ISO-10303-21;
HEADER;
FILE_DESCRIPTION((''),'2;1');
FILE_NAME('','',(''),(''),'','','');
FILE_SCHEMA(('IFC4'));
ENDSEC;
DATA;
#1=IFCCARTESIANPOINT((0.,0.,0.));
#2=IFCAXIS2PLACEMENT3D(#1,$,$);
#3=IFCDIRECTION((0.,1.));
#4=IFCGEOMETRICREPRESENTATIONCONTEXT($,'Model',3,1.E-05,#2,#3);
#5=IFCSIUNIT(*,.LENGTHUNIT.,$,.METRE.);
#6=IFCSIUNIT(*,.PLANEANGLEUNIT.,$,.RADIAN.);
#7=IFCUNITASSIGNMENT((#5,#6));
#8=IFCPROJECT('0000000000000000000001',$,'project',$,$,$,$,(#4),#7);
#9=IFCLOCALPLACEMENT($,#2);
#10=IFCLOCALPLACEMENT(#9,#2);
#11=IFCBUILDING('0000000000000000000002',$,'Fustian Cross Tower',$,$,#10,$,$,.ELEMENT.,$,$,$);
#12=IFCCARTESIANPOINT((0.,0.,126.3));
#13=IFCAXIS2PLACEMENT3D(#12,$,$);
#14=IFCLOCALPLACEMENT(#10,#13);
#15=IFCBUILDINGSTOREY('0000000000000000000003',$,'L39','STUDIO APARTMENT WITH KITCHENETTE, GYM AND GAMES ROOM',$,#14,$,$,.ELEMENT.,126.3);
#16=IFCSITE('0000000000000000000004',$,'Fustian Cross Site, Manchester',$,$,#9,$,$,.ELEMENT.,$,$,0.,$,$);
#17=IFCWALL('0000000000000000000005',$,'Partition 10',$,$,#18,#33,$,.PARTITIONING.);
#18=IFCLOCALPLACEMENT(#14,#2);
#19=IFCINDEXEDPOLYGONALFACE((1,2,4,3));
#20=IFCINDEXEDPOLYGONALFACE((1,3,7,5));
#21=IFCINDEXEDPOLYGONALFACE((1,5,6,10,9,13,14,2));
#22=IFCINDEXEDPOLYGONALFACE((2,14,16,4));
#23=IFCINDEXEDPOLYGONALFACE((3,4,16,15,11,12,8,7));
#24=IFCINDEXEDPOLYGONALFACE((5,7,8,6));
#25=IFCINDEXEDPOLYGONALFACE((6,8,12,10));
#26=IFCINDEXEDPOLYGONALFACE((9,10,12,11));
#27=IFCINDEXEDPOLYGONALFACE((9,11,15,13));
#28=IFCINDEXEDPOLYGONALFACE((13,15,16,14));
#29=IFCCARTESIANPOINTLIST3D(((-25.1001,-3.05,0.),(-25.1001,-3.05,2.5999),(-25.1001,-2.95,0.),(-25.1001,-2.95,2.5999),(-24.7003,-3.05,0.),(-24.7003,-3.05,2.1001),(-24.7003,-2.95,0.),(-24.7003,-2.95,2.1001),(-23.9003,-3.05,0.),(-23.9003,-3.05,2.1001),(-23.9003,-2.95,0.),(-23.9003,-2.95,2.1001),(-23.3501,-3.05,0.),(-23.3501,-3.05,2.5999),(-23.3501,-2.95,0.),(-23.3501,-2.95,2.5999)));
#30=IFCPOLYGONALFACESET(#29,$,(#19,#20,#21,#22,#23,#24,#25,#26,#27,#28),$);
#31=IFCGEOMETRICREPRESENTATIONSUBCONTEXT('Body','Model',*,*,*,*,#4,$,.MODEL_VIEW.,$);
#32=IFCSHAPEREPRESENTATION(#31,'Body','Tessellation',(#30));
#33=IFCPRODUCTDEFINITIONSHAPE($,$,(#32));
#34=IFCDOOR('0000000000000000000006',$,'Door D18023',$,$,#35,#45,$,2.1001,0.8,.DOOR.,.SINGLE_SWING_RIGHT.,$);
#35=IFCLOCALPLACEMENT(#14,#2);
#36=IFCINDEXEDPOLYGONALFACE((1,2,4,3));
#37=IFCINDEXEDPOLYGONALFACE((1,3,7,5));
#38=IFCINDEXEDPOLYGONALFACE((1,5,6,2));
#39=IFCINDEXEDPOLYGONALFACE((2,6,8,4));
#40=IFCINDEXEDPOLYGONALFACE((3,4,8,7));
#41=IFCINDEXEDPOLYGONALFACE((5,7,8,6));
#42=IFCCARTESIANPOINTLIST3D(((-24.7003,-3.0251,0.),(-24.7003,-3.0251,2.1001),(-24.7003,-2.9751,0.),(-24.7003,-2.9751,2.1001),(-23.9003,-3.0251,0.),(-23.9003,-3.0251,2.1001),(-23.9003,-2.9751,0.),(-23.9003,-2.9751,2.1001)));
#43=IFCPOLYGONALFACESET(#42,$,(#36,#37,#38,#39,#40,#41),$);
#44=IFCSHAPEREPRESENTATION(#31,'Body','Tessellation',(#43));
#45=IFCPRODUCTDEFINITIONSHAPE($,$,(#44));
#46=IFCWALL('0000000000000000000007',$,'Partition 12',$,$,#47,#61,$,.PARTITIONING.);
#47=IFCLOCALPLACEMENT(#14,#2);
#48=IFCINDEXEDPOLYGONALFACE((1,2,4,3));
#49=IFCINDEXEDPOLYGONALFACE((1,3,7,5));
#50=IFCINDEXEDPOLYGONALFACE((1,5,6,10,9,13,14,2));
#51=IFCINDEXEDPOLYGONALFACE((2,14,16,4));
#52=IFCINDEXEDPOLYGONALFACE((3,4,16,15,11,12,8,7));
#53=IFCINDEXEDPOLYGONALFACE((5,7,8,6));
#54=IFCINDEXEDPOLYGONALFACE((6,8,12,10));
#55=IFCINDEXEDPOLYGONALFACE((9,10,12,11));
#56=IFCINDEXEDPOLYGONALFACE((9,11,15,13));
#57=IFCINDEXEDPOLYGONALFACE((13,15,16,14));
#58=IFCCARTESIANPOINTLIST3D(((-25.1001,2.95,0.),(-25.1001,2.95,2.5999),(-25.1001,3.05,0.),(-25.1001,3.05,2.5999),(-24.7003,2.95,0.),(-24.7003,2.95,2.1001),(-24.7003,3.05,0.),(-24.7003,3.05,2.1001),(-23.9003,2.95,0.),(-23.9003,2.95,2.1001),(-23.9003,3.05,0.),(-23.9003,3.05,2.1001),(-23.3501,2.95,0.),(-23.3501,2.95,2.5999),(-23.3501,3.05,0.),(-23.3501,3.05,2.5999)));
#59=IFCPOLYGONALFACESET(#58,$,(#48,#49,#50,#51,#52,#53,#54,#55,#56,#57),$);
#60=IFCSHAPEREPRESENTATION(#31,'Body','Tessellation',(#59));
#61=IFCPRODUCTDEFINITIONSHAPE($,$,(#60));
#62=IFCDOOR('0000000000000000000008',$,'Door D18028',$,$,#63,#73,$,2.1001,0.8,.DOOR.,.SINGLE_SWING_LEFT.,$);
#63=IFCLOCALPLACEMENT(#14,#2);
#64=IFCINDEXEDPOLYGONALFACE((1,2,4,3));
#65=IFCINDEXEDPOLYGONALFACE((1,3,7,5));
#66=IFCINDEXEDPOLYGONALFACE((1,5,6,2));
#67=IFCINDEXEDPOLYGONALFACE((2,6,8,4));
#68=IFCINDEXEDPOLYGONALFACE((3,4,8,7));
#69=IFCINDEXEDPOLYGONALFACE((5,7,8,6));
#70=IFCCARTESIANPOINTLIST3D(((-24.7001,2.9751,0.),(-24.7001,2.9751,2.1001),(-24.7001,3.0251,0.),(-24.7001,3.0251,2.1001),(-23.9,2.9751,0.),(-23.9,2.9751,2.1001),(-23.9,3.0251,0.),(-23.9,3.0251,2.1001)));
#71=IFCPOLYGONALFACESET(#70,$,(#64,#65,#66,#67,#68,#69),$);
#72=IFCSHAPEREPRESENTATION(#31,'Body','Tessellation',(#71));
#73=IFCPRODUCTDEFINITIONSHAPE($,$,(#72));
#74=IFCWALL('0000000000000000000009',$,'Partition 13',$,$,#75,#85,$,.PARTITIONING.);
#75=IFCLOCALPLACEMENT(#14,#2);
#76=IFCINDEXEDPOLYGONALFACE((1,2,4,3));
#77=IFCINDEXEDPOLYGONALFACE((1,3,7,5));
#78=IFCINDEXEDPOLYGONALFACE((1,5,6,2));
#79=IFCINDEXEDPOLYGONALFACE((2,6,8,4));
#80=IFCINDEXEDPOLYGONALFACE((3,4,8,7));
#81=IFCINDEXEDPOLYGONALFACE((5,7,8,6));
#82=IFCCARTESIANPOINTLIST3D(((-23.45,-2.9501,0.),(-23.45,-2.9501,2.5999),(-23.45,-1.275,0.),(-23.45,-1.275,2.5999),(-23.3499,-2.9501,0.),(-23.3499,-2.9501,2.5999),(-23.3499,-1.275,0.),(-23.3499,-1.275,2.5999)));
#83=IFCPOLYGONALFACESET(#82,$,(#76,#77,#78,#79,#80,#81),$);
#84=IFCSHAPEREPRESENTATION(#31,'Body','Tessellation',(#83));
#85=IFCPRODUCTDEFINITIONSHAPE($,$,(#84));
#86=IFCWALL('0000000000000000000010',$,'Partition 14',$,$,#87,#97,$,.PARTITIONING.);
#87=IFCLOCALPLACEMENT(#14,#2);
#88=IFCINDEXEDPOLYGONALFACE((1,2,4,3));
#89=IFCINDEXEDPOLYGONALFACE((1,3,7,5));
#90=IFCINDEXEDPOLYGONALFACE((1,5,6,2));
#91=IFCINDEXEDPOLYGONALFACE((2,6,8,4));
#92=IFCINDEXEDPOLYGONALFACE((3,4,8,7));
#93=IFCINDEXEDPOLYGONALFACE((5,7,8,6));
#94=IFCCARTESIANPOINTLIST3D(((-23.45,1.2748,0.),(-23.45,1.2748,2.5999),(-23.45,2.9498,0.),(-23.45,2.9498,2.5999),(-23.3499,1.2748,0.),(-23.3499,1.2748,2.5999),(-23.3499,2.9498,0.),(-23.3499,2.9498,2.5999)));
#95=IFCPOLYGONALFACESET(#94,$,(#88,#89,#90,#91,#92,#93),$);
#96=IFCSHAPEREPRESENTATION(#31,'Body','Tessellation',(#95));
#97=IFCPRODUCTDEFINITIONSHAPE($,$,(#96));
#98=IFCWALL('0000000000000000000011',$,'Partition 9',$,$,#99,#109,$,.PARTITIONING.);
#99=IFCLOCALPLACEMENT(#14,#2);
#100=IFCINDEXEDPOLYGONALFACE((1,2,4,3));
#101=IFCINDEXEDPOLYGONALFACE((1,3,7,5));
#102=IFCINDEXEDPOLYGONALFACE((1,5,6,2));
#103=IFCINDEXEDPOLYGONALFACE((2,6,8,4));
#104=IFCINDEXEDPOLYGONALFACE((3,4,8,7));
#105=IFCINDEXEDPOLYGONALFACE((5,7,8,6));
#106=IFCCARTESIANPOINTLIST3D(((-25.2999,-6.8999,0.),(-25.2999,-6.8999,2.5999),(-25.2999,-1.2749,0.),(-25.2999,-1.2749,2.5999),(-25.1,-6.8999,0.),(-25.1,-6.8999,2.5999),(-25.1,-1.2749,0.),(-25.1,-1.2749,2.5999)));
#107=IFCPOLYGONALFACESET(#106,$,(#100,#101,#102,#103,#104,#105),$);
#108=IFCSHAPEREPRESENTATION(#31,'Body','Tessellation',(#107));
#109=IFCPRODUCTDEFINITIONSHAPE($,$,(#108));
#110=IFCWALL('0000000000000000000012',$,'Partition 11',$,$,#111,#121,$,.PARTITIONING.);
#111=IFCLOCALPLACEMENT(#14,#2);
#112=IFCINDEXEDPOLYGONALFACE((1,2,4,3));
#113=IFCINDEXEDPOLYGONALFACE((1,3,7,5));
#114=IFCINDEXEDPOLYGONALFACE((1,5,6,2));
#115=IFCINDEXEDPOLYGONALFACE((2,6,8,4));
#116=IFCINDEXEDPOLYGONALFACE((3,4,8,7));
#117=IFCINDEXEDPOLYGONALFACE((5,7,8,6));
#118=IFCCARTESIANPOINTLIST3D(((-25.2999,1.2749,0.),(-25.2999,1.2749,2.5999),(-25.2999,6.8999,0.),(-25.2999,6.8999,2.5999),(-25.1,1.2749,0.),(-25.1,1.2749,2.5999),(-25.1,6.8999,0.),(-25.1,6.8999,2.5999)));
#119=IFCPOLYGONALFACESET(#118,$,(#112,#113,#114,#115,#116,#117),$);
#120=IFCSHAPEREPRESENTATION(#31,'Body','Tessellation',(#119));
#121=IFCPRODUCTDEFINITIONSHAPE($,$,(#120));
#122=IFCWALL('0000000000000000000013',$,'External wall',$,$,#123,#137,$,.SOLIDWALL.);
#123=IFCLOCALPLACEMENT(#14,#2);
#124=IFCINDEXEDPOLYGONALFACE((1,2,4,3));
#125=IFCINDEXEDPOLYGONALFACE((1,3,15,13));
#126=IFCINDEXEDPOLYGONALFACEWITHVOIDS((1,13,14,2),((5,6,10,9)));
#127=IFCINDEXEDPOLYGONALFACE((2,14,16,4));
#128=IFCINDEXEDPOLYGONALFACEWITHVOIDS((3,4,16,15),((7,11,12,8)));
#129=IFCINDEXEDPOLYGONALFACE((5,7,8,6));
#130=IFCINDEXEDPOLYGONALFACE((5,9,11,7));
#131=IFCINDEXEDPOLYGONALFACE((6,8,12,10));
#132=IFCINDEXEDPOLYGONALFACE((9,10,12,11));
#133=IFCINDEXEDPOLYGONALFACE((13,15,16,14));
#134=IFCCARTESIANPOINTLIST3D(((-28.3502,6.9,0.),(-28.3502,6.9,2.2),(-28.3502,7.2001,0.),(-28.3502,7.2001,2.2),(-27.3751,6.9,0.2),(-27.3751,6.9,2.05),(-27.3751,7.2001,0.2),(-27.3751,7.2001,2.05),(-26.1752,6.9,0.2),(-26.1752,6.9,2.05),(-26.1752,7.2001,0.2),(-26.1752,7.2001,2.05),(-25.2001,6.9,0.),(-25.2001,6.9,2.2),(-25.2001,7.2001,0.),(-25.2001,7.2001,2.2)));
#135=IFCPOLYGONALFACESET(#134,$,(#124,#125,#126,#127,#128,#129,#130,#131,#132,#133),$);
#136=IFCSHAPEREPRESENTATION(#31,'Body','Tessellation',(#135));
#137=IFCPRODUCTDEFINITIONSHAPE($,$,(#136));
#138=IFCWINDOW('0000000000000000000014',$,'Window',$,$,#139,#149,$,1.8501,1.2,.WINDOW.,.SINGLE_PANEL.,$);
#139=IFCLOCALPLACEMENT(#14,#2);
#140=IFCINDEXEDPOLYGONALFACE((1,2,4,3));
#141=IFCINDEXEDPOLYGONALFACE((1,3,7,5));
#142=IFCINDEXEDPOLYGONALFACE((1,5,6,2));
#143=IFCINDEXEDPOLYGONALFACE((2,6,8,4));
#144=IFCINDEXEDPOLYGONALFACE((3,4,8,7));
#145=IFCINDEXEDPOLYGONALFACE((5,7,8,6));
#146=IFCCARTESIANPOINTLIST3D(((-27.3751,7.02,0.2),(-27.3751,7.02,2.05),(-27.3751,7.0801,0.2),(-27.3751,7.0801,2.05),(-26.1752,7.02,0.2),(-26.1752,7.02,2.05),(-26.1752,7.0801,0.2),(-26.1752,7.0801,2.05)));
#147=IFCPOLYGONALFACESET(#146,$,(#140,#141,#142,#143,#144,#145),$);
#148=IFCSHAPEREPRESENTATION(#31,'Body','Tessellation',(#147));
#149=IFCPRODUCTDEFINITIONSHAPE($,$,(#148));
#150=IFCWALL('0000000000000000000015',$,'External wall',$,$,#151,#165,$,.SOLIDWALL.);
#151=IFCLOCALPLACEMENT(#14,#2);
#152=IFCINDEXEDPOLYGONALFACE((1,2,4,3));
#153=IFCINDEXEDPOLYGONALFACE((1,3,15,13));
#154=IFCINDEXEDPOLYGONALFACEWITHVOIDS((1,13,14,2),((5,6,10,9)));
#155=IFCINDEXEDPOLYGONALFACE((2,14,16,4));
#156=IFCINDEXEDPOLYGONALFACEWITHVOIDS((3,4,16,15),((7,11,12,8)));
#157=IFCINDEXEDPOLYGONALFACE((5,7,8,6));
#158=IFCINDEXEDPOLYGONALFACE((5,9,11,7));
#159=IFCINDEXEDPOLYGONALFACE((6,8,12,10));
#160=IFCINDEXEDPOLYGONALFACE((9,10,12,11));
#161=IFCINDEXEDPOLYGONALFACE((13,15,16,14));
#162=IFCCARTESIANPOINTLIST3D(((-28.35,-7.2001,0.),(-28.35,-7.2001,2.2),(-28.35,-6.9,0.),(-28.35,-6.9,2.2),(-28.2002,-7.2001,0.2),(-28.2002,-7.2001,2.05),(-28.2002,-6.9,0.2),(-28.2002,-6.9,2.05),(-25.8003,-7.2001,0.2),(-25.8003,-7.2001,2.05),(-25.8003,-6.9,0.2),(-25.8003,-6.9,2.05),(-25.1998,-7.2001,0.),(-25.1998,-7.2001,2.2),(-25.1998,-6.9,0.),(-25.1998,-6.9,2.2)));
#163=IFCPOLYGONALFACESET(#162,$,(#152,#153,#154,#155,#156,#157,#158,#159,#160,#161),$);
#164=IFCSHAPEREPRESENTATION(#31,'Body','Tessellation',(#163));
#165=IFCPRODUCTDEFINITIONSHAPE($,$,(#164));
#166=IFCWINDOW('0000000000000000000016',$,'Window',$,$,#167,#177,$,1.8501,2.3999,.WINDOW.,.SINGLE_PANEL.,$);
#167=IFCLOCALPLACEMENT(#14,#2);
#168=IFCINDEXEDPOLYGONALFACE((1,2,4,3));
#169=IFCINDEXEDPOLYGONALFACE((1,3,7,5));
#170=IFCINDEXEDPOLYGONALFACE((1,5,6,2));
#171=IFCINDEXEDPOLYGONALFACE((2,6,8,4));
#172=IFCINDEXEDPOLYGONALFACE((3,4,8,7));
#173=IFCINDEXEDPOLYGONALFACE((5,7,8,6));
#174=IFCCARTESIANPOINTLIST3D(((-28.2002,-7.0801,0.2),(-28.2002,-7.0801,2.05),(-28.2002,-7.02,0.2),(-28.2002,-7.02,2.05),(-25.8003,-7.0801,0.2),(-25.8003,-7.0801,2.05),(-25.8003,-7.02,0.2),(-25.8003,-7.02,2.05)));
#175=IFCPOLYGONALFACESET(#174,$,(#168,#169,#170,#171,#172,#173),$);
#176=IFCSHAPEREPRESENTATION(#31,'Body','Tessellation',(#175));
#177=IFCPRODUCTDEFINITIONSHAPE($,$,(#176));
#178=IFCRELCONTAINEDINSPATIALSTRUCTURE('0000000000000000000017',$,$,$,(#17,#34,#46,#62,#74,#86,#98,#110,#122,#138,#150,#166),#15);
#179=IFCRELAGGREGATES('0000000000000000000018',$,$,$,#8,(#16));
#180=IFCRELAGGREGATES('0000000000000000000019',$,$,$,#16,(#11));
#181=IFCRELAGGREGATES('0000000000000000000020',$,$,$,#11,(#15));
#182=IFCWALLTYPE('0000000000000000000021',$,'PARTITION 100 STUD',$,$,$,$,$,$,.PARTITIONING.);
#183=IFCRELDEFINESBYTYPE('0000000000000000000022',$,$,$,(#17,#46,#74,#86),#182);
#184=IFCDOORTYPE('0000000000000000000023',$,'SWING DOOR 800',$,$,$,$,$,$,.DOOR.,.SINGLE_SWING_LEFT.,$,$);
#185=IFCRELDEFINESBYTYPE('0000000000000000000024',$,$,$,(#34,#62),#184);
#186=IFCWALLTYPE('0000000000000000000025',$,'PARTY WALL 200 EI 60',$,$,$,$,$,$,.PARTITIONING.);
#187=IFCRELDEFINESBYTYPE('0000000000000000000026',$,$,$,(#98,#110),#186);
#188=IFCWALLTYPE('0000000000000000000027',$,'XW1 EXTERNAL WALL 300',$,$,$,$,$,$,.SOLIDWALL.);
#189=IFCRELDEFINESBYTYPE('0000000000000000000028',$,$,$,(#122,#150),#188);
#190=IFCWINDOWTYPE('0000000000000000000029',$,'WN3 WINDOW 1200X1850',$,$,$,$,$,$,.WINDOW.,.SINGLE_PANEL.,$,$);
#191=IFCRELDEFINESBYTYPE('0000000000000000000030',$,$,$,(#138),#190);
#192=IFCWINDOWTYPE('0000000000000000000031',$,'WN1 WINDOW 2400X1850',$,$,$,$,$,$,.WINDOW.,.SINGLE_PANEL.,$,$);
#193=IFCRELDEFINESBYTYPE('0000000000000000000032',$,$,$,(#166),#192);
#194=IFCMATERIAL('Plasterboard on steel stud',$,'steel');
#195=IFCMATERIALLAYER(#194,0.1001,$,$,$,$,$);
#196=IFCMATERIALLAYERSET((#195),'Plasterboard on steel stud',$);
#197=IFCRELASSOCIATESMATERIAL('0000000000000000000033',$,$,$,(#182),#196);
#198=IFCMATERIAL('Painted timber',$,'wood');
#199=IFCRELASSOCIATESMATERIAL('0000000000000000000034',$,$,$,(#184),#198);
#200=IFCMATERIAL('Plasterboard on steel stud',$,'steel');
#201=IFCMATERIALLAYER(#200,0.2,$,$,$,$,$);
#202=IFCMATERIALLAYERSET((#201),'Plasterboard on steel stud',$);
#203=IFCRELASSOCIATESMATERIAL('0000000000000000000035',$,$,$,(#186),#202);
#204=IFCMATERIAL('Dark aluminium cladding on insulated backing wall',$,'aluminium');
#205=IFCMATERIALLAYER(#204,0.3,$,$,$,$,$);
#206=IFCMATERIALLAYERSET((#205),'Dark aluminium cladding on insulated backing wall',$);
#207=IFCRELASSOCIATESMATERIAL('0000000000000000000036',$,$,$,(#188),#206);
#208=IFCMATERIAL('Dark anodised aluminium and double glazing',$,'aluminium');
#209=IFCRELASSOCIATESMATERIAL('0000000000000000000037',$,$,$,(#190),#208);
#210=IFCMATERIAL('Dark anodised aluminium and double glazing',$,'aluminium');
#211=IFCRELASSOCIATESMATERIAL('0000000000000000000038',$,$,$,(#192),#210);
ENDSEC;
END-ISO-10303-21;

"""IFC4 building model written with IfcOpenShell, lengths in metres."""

from ifc_helpers import new_model, si_unit, direction, frame, frame_2d, origin, place, context, subcontext, project, spatial, rectangle, extrude, material, layer, layer_set, type_object, element, fill, save


model = new_model("IFC4")

# Units and contexts
model_context = context("Model", 3, precision=1e-05, world=origin(), true_north=direction((0.0, 1.0)))
body_context = subcontext(model_context, "Body", "Model", "MODEL_VIEW")
ifc_project = project(units=[si_unit("LENGTHUNIT", "METRE"), si_unit("PLANEANGLEUNIT", "RADIAN")], contexts=[model_context])

# Site, building, storey
site_placement = place(None, origin())
site = spatial("IfcSite", under=ifc_project, at=site_placement, Name="Fustian Cross Site, Manchester", CompositionType="ELEMENT", RefElevation=0.0)
building_placement = place(site_placement, origin())
building = spatial("IfcBuilding", under=site, at=building_placement, Name="Fustian Cross Tower", CompositionType="ELEMENT")
storey_placement = place(building_placement, frame((0.0, 0.0, 126.3)))
storey = spatial("IfcBuildingStorey", under=building, at=storey_placement, Name="L39", Description="STUDIO APARTMENT WITH KITCHENETTE, GYM AND GAMES ROOM", CompositionType="ELEMENT", Elevation=126.3)

# Shared definitions
ifc_material_1 = material(Name="Plasterboard on steel stud", Category="steel")
ifc_layer_1 = layer(ifc_material_1, 0.1001)
ifc_layer_set_1 = layer_set([ifc_layer_1], Name="Plasterboard on steel stud")
wall_type_1 = type_object("IfcWallType", Name="PARTITION 100 STUD", PredefinedType="PARTITIONING", material=ifc_layer_set_1)
ifc_material_2 = material(Name="Painted timber", Category="wood")
door_type = type_object("IfcDoorType", Name="SWING DOOR 800", OperationType="SINGLE_SWING_LEFT", PredefinedType="DOOR", material=ifc_material_2)

# Walls, openings, doors
wall_1_placement = place(storey_placement, frame((-25.1001, -3.0, 0.0), z_axis=(0.0, 0.0, 1.0), x_axis=(1.0, 0.0, 0.0)))
wall_1 = element("IfcWall", 1, at=wall_1_placement, inside=storey, type_object=wall_type_1, Name="Partition 10", PredefinedType="PARTITIONING", context=body_context, shape_type="SweptSolid", body=[
    extrude(rectangle(XDim=1.75, YDim=0.1001, at=frame_2d((0.875, 0.0))), origin(), (0.0, 0.0, 1.0), 2.5999),
])
opening_1_placement = place(wall_1_placement, frame((0.3999, 0.0, 0.0)))
opening_1 = element("IfcOpeningElement", 2, at=opening_1_placement, cuts=wall_1, PredefinedType="OPENING", context=body_context, shape_type="SweptSolid", body=[
    extrude(rectangle(XDim=0.8, YDim=2.1001, at=frame_2d((0.3999, 1.05))), frame((0.0, 0.0601, 0.0), z_axis=(0.0, -1.0, 0.0), x_axis=(1.0, 0.0, 0.0)), (0.0, 0.0, 1.0), 0.1201),
])
door_1_placement = place(opening_1_placement, origin())
door_1 = element("IfcDoor", 3, at=door_1_placement, inside=storey, type_object=door_type, Name="Door D18023", OperationType="SINGLE_SWING_RIGHT", OverallHeight=2.1001, OverallWidth=0.8, PredefinedType="DOOR", context=body_context, shape_type="SweptSolid", body=[
    extrude(rectangle(XDim=0.8, YDim=2.1001, at=frame_2d((0.3999, 1.05))), frame((0.0, 0.0249, 0.0), z_axis=(0.0, -1.0, 0.0), x_axis=(1.0, 0.0, 0.0)), (0.0, 0.0, 1.0), 0.05),
])
fill(opening_1, door_1)
wall_2_placement = place(storey_placement, frame((-25.1001, 3.0, 0.0), z_axis=(0.0, 0.0, 1.0), x_axis=(1.0, 0.0, 0.0)))
wall_2 = element("IfcWall", 4, at=wall_2_placement, inside=storey, type_object=wall_type_1, Name="Partition 12", PredefinedType="PARTITIONING", context=body_context, shape_type="SweptSolid", body=[
    extrude(rectangle(XDim=1.75, YDim=0.1001, at=frame_2d((0.875, 0.0))), origin(), (0.0, 0.0, 1.0), 2.5999),
])
opening_2_placement = place(wall_2_placement, frame((0.3999, 0.0, 0.0)))
opening_2 = element("IfcOpeningElement", 5, at=opening_2_placement, cuts=wall_2, PredefinedType="OPENING", context=body_context, shape_type="SweptSolid", body=[
    extrude(rectangle(XDim=0.8, YDim=2.1001, at=frame_2d((0.3999, 1.05))), frame((0.0, 0.0601, 0.0), z_axis=(0.0, -1.0, 0.0), x_axis=(1.0, 0.0, 0.0)), (0.0, 0.0, 1.0), 0.1201),
])
door_2_placement = place(opening_2_placement, frame((0.8, 0.0, 0.0), z_axis=(0.0, 0.0, 1.0), x_axis=(-1.0, 0.0, 0.0)))
door_2 = element("IfcDoor", 6, at=door_2_placement, inside=storey, type_object=door_type, Name="Door D18028", OperationType="SINGLE_SWING_LEFT", OverallHeight=2.1001, OverallWidth=0.8, PredefinedType="DOOR", context=body_context, shape_type="SweptSolid", body=[
    extrude(rectangle(XDim=0.8, YDim=2.1001, at=frame_2d((0.3999, 1.05))), frame((0.0, 0.0249, 0.0), z_axis=(0.0, -1.0, 0.0), x_axis=(1.0, 0.0, 0.0)), (0.0, 0.0, 1.0), 0.05),
])
fill(opening_2, door_2)

# Walls
for number, where, z_axis, x_axis, name in (
    (7, (-23.3999, -2.95, 0.0), (0.0, 0.0, 1.0), (0.0, 1.0, 0.0), "Partition 13"),
    (8, (-23.3999, 1.2749, 0.0), (0.0, 0.0, 1.0), (0.0, 1.0, 0.0), "Partition 14"),
):
    element("IfcWall", number, at=place(storey_placement, frame(where, z_axis=z_axis, x_axis=x_axis)), inside=storey, type_object=wall_type_1, Name=name, PredefinedType="PARTITIONING", context=body_context, shape_type="SweptSolid", body=[
        extrude(rectangle(XDim=1.675, YDim=0.1001, at=frame_2d((0.8374, 0.0))), origin(), (0.0, 0.0, 1.0), 2.5999),
    ])
ifc_material_3 = material(Name="Plasterboard on steel stud", Category="steel")
ifc_layer_2 = layer(ifc_material_3, 0.2)
ifc_layer_set_2 = layer_set([ifc_layer_2], Name="Plasterboard on steel stud")
wall_type_2 = type_object("IfcWallType", Name="PARTY WALL 200 EI 60", PredefinedType="PARTITIONING", material=ifc_layer_set_2)
for number, where, z_axis, x_axis, name in (
    (9, (-25.2, -6.8999, 0.0), (0.0, 0.0, 1.0), (0.0, 1.0, 0.0), "Partition 9"),
    (10, (-25.2, 1.2749, 0.0), (0.0, 0.0, 1.0), (0.0, 1.0, 0.0), "Partition 11"),
):
    element("IfcWall", number, at=place(storey_placement, frame(where, z_axis=z_axis, x_axis=x_axis)), inside=storey, type_object=wall_type_2, Name=name, PredefinedType="PARTITIONING", context=body_context, shape_type="SweptSolid", body=[
        extrude(rectangle(XDim=5.625, YDim=0.2, at=frame_2d((2.8125, 0.0))), origin(), (0.0, 0.0, 1.0), 2.5999),
    ])

# Walls, openings, windows
ifc_material_4 = material(Name="Dark aluminium cladding on insulated backing wall", Category="aluminium")
ifc_layer_3 = layer(ifc_material_4, 0.3)
ifc_layer_set_3 = layer_set([ifc_layer_3], Name="Dark aluminium cladding on insulated backing wall")
wall_type_3 = type_object("IfcWallType", Name="XW1 EXTERNAL WALL 300", PredefinedType="SOLIDWALL", material=ifc_layer_set_3)
wall_3_placement = place(storey_placement, frame((-25.2, 7.05, 0.0), z_axis=(0.0, 0.0, 1.0), x_axis=(-1.0, 0.0, 0.0)))
wall_3 = element("IfcWall", 11, at=wall_3_placement, inside=storey, type_object=wall_type_3, Name="External wall", PredefinedType="SOLIDWALL", context=body_context, shape_type="SweptSolid", body=[
    extrude(rectangle(XDim=3.1501, YDim=0.3, at=frame_2d((1.5752, 0.0))), origin(), (0.0, 0.0, 1.0), 2.2),
])
opening_3_placement = place(wall_3_placement, frame((0.9751, 0.0, 0.2)))
opening_3 = element("IfcOpeningElement", 12, at=opening_3_placement, cuts=wall_3, PredefinedType="OPENING", context=body_context, shape_type="SweptSolid", body=[
    extrude(rectangle(XDim=1.2, YDim=1.8501, at=frame_2d((0.6001, 0.925))), frame((0.0, 0.1599, 0.0), z_axis=(0.0, -1.0, 0.0), x_axis=(1.0, 0.0, 0.0)), (0.0, 0.0, 1.0), 0.3201),
])
ifc_material_5 = material(Name="Dark anodised aluminium and double glazing", Category="aluminium")
window_type_1 = type_object("IfcWindowType", Name="WN3 WINDOW 1200X1850", PartitioningType="SINGLE_PANEL", PredefinedType="WINDOW", material=ifc_material_5)
window_1_placement = place(opening_3_placement, origin())
window_1 = element("IfcWindow", 13, at=window_1_placement, inside=storey, type_object=window_type_1, Name="Window", OverallHeight=1.8501, OverallWidth=1.2, PartitioningType="SINGLE_PANEL", PredefinedType="WINDOW", context=body_context, shape_type="SweptSolid", body=[
    extrude(rectangle(XDim=1.2, YDim=1.8501, at=frame_2d((0.6001, 0.925))), frame((0.0, 0.03, 0.0), z_axis=(0.0, -1.0, 0.0), x_axis=(1.0, 0.0, 0.0)), (0.0, 0.0, 1.0), 0.0601),
])
fill(opening_3, window_1)
wall_4_placement = place(storey_placement, frame((-28.3501, -7.05, 0.0), z_axis=(0.0, 0.0, 1.0), x_axis=(1.0, 0.0, 0.0)))
wall_4 = element("IfcWall", 14, at=wall_4_placement, inside=storey, type_object=wall_type_3, Name="External wall", PredefinedType="SOLIDWALL", context=body_context, shape_type="SweptSolid", body=[
    extrude(rectangle(XDim=3.1501, YDim=0.3, at=frame_2d((1.5752, 0.0))), origin(), (0.0, 0.0, 1.0), 2.2),
])
opening_4_placement = place(wall_4_placement, frame((0.1499, 0.0, 0.2)))
opening_4 = element("IfcOpeningElement", 15, at=opening_4_placement, cuts=wall_4, PredefinedType="OPENING", context=body_context, shape_type="SweptSolid", body=[
    extrude(rectangle(XDim=2.3999, YDim=1.8501, at=frame_2d((1.2, 0.925))), frame((0.0, 0.1599, 0.0), z_axis=(0.0, -1.0, 0.0), x_axis=(1.0, 0.0, 0.0)), (0.0, 0.0, 1.0), 0.3201),
])
ifc_material_6 = material(Name="Dark anodised aluminium and double glazing", Category="aluminium")
window_type_2 = type_object("IfcWindowType", Name="WN1 WINDOW 2400X1850", PartitioningType="SINGLE_PANEL", PredefinedType="WINDOW", material=ifc_material_6)
window_2_placement = place(opening_4_placement, origin())
window_2 = element("IfcWindow", 16, at=window_2_placement, inside=storey, type_object=window_type_2, Name="Window", OverallHeight=1.8501, OverallWidth=2.3999, PartitioningType="SINGLE_PANEL", PredefinedType="WINDOW", context=body_context, shape_type="SweptSolid", body=[
    extrude(rectangle(XDim=2.3999, YDim=1.8501, at=frame_2d((1.2, 0.925))), frame((0.0, 0.03, 0.0), z_axis=(0.0, -1.0, 0.0), x_axis=(1.0, 0.0, 0.0)), (0.0, 0.0, 1.0), 0.0601),
])
fill(opening_4, window_2)

save(model, "model.ifc")
